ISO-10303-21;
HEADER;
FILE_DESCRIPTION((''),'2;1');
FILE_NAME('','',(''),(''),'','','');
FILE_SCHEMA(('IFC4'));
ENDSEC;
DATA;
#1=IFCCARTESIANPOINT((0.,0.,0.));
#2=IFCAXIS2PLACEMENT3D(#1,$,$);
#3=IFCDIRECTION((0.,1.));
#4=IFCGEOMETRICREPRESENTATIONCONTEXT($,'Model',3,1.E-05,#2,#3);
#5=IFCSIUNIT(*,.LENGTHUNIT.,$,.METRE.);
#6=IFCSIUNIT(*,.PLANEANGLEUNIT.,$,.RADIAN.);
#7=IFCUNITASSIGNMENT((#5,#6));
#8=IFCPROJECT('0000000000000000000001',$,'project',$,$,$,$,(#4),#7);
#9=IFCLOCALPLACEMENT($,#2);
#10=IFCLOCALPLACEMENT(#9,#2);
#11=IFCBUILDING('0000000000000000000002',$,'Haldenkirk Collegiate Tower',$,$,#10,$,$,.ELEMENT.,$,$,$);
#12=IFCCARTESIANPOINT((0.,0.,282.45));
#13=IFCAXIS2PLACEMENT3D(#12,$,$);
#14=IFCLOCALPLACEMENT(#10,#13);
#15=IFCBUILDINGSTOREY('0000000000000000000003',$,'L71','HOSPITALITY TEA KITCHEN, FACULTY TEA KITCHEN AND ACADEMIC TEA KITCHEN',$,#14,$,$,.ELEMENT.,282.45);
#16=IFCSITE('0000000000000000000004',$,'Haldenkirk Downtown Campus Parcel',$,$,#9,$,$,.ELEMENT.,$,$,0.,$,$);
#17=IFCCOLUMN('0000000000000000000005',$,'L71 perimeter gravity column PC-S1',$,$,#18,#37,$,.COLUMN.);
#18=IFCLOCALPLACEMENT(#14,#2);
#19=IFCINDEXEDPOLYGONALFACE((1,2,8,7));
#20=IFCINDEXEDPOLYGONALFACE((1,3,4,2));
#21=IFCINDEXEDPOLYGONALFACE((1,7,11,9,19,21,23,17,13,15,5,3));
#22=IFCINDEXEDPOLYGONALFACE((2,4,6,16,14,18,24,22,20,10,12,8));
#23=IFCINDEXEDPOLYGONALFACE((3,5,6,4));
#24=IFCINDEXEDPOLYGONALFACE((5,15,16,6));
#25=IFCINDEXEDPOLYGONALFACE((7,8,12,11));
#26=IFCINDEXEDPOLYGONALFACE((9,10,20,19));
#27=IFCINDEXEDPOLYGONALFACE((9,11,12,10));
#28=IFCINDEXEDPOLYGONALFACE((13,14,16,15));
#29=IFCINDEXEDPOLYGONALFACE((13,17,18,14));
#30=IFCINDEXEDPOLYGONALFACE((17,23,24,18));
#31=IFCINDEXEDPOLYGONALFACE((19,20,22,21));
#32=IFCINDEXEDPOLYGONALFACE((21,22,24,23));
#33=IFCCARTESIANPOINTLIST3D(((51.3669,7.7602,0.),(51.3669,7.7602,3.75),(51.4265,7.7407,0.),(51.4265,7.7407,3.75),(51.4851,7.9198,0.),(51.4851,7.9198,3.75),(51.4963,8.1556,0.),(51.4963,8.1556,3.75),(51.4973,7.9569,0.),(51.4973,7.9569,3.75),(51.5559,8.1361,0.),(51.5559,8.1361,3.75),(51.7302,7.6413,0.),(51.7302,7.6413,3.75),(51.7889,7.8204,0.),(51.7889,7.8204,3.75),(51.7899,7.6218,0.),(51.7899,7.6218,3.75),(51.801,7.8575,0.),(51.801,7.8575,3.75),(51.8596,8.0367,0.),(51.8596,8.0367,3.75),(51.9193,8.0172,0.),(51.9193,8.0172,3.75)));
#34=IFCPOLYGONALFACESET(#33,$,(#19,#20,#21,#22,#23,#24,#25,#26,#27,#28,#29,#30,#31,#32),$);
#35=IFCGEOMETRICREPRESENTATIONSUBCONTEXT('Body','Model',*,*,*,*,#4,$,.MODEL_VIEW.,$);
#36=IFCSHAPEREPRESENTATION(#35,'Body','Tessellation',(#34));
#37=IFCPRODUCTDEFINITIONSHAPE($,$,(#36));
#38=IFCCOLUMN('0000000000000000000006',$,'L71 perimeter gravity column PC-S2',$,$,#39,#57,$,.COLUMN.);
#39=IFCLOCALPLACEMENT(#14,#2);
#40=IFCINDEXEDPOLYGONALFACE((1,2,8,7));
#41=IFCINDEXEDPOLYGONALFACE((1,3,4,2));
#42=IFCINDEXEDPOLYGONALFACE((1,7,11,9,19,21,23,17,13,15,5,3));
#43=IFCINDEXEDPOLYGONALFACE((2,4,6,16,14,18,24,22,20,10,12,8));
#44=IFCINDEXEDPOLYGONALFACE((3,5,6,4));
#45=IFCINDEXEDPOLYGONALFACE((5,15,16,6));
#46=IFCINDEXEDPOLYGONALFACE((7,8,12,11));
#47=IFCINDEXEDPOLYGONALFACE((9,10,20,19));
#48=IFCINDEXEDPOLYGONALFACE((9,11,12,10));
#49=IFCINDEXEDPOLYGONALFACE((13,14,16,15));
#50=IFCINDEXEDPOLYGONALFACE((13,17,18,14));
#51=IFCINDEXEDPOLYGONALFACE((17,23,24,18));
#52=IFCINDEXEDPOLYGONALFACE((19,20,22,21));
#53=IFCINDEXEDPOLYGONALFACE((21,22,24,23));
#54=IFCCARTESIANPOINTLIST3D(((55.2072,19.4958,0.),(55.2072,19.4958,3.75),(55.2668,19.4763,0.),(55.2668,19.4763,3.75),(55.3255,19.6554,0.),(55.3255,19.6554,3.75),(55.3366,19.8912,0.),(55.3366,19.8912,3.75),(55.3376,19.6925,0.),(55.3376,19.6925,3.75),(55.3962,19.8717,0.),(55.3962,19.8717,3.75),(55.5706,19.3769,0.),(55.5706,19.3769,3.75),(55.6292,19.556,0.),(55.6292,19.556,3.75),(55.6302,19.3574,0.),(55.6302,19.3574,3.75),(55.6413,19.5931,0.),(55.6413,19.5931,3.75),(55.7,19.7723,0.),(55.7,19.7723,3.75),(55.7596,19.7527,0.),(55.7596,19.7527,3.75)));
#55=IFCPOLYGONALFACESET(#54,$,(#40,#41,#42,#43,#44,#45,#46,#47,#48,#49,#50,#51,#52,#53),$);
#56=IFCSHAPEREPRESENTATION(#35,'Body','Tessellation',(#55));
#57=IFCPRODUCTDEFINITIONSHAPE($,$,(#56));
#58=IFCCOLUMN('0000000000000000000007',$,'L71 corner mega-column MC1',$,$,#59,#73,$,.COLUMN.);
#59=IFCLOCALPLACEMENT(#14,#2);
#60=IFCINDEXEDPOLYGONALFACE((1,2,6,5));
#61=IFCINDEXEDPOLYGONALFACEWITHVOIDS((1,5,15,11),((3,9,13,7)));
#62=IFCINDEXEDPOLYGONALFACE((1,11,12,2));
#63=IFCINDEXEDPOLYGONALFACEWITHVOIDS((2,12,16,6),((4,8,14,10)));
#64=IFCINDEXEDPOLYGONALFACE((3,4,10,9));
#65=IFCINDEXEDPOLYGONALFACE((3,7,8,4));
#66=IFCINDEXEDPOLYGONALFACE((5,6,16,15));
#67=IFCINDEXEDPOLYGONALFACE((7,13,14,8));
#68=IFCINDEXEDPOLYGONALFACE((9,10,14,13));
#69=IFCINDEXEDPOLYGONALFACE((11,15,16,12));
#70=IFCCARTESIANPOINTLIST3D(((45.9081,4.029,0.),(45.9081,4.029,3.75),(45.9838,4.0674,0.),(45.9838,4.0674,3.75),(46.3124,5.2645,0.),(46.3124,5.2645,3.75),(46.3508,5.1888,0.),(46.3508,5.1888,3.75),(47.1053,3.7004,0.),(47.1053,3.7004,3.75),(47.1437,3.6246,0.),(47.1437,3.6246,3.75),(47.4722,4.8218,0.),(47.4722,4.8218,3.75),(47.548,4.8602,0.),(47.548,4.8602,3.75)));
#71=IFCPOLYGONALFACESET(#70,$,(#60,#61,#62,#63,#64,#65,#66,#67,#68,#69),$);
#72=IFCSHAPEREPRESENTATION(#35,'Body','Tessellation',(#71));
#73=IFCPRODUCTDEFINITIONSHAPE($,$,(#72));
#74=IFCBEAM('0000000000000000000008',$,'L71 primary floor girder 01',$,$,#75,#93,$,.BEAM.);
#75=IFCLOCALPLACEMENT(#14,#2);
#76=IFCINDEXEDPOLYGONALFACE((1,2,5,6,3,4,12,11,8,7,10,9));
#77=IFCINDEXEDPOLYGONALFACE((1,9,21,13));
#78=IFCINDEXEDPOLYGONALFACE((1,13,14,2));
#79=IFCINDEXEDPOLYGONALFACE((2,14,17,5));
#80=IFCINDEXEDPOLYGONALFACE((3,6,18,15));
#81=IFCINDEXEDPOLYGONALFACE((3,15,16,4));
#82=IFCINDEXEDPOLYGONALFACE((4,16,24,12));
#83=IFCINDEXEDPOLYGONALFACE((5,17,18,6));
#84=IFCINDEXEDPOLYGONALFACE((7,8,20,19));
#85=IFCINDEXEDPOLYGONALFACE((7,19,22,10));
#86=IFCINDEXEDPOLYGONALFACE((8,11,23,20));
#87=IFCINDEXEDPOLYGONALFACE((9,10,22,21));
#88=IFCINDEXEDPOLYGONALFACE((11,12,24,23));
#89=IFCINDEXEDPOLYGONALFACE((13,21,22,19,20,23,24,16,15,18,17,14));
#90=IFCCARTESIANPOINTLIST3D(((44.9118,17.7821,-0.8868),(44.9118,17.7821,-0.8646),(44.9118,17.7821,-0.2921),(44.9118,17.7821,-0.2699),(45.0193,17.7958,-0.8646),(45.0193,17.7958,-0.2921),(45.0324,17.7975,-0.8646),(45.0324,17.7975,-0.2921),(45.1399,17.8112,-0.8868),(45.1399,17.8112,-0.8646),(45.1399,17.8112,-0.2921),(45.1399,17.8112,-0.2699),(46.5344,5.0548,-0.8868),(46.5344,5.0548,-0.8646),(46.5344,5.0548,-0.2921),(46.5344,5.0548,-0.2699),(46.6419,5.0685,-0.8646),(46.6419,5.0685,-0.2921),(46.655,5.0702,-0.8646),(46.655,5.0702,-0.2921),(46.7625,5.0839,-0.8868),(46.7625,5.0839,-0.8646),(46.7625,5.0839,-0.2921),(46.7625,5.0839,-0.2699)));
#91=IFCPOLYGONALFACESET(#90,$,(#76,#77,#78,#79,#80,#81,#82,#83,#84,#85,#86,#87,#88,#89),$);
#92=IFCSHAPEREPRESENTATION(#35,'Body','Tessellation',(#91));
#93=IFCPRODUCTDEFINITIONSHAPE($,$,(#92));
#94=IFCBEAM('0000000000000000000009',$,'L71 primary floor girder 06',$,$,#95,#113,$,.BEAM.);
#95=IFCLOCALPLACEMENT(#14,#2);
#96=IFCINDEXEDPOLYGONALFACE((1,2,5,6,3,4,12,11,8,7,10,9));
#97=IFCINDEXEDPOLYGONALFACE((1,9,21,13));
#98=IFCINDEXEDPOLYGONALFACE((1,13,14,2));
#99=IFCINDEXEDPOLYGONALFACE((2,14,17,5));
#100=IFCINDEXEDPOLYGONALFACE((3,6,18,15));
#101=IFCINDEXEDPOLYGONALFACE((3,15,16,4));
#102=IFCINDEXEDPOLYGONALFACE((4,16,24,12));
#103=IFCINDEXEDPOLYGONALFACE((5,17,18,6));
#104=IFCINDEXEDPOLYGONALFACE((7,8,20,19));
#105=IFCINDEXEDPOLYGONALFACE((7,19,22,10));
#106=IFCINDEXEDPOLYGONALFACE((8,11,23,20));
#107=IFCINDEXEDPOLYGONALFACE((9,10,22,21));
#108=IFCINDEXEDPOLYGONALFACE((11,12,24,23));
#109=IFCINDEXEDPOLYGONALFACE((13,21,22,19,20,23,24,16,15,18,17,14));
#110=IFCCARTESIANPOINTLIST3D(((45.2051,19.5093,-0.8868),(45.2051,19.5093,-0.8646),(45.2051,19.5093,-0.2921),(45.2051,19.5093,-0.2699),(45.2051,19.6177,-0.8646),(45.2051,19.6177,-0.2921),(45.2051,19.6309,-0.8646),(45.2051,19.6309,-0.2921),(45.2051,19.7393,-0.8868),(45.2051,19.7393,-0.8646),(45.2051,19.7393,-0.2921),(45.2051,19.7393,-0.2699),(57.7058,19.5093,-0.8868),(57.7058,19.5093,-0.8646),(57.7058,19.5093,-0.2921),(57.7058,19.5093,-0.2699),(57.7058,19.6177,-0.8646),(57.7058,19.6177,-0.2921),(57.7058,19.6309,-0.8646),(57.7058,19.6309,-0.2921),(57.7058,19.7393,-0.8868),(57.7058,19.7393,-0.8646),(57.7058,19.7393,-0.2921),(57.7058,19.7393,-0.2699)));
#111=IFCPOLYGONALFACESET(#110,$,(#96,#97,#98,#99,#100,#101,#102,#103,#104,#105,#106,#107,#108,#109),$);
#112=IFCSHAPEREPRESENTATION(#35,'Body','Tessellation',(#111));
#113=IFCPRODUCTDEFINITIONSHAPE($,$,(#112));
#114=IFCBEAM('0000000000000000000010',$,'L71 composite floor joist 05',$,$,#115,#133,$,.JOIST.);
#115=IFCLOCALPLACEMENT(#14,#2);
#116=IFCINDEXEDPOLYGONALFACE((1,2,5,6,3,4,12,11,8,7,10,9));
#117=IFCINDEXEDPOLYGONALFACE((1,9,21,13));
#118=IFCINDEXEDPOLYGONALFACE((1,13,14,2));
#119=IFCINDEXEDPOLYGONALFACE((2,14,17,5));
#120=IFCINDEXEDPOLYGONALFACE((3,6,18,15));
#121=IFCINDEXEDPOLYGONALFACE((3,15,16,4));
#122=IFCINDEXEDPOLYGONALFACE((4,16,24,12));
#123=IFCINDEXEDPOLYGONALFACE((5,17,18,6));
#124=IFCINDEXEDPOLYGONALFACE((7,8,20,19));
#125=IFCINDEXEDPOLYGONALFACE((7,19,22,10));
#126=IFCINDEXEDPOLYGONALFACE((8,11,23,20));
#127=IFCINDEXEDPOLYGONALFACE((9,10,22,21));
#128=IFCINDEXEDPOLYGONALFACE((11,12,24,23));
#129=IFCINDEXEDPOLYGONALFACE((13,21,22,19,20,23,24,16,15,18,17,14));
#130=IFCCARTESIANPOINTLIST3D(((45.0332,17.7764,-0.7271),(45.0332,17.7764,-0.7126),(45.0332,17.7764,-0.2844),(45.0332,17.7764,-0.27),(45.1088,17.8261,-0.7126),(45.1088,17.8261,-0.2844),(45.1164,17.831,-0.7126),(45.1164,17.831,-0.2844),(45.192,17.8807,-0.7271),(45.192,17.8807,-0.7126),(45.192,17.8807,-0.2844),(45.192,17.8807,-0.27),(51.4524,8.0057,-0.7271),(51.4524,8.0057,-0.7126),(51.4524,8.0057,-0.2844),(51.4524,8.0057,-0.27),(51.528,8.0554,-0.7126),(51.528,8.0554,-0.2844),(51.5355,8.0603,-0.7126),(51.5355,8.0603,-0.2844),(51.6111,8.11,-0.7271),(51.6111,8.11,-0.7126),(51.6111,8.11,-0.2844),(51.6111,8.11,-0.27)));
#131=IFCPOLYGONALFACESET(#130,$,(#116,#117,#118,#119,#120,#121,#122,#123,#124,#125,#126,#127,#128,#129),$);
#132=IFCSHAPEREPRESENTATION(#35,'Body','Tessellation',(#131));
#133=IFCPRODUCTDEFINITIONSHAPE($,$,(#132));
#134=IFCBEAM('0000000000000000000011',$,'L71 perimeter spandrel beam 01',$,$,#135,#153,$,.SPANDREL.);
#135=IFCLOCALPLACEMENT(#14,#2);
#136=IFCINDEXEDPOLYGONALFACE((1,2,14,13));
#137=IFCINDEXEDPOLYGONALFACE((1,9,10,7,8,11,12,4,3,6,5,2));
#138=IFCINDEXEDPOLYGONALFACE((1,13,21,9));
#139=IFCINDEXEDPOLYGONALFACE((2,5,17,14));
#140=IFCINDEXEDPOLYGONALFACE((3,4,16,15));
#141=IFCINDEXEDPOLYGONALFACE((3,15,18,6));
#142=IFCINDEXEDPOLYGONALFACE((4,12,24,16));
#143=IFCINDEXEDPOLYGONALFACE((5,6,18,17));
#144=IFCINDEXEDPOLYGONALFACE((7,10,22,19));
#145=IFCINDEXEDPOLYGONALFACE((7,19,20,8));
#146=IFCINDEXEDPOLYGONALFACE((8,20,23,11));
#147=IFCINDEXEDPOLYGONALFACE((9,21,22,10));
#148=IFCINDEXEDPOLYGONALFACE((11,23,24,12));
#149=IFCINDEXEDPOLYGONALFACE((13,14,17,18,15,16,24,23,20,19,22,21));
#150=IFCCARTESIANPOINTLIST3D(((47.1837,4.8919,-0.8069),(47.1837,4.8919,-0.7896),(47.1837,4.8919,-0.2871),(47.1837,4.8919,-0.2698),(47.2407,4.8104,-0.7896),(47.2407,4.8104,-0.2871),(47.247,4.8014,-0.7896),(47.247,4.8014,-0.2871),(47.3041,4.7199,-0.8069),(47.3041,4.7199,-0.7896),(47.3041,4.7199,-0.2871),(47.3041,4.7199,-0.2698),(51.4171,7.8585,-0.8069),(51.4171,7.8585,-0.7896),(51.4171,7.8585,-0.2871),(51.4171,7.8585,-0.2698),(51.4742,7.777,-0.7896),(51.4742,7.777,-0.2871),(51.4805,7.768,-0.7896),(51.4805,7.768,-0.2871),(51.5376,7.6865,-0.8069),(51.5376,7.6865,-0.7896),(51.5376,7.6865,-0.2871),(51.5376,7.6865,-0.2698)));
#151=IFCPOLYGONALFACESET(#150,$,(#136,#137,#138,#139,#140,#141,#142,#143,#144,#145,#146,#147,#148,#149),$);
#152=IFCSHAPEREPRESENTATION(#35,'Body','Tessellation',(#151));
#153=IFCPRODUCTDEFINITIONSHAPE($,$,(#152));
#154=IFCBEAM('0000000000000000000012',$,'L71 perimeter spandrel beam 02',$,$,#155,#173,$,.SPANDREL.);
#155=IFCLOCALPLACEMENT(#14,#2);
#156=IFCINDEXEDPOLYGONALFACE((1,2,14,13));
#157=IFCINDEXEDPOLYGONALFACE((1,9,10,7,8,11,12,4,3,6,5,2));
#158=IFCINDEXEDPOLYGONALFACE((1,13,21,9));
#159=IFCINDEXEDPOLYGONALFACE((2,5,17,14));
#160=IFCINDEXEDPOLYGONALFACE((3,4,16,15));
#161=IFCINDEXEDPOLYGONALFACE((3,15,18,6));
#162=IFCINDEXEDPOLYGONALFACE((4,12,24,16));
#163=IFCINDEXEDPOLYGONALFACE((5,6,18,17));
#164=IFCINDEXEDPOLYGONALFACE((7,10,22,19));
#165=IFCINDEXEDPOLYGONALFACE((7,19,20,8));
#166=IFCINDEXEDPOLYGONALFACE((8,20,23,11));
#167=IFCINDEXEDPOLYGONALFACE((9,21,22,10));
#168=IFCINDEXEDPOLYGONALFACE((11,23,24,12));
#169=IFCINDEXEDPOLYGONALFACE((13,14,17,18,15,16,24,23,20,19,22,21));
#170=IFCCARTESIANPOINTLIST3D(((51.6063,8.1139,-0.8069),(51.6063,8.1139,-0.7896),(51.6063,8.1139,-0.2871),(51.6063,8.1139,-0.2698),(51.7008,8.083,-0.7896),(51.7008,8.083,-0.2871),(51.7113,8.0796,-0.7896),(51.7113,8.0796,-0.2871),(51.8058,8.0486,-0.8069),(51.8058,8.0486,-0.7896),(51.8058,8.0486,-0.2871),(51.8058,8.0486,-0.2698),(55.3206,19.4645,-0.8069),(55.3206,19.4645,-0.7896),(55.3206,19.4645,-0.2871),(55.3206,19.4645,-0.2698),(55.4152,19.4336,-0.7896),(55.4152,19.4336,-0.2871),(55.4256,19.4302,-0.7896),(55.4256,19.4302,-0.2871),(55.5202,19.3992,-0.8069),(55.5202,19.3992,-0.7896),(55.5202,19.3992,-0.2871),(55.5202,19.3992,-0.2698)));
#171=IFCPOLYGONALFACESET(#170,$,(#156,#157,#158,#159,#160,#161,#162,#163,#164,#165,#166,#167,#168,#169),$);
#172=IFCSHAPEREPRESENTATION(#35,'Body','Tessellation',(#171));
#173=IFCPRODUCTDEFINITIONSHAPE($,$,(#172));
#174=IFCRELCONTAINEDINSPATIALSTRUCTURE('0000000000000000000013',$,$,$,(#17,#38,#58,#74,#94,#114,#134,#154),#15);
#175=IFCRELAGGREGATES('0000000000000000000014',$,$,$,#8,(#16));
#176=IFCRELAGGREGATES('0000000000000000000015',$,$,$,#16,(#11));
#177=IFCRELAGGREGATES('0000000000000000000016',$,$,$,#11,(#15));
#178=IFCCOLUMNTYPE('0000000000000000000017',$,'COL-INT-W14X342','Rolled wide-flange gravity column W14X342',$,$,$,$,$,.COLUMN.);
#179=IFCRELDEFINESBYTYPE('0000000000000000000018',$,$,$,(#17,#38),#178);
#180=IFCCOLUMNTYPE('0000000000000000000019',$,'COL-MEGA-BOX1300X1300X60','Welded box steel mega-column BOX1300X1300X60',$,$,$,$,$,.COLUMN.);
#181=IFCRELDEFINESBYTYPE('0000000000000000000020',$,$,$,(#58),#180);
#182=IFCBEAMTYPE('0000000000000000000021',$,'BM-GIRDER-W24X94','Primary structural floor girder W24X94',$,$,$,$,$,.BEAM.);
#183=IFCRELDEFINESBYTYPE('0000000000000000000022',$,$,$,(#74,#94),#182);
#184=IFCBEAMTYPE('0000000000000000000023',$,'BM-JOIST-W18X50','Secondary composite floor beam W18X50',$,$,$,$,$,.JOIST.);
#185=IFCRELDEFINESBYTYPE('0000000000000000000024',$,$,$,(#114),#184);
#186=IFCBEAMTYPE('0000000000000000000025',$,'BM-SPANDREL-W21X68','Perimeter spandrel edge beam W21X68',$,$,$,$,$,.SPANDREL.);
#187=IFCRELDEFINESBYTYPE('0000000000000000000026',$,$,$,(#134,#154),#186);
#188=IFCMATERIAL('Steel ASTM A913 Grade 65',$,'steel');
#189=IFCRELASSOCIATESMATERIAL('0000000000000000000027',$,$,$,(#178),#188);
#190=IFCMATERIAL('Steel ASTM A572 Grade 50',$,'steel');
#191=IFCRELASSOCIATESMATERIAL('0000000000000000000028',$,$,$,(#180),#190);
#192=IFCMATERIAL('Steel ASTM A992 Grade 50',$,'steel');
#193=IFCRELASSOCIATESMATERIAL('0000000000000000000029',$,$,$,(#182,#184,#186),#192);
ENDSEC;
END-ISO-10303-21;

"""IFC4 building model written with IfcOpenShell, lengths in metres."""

from ifc_helpers import new_model, si_unit, direction, frame, origin, origin_2d, place, context, subcontext, project, spatial, hollow_rectangle, i_section, extrude, material, material_profile, profile_set, type_object, element, save


model = new_model("IFC4")

# Units and contexts
model_context = context("Model", 3, precision=1e-05, world=origin(), true_north=direction((0.0, 1.0)))
body_context = subcontext(model_context, "Body", "Model", "MODEL_VIEW")
ifc_project = project(units=[si_unit("LENGTHUNIT", "METRE"), si_unit("PLANEANGLEUNIT", "RADIAN")], contexts=[model_context])

# Site, building, storey
site_placement = place(None, origin())
site = spatial("IfcSite", under=ifc_project, at=site_placement, Name="Haldenkirk Downtown Campus Parcel", CompositionType="ELEMENT", RefElevation=0.0)
building_placement = place(site_placement, origin())
building = spatial("IfcBuilding", under=site, at=building_placement, Name="Haldenkirk Collegiate Tower", CompositionType="ELEMENT")
storey_placement = place(building_placement, frame((0.0, 0.0, 282.45)))
storey = spatial("IfcBuildingStorey", under=building, at=storey_placement, Name="L71", Description="HOSPITALITY TEA KITCHEN, FACULTY TEA KITCHEN AND ACADEMIC TEA KITCHEN", CompositionType="ELEMENT", Elevation=282.45)

# Columns
ifc_material_1 = material(Name="Steel ASTM A913 Grade 65", Category="steel")
ifc_material_profile_1 = material_profile(ifc_material_1, i_section(OverallWidth=0.416, OverallDepth=0.4451, WebThickness=0.0391, FlangeThickness=0.0627, at=origin_2d()), Name="W14X342")
ifc_profile_set_1 = profile_set([ifc_material_profile_1], Name="Steel ASTM A913 Grade 65")
column_type_1 = type_object("IfcColumnType", Name="COL-INT-W14X342", Description="Rolled wide-flange gravity column W14X342", PredefinedType="COLUMN", material=ifc_profile_set_1)
for number, where, z_axis, x_axis, name in (
    (1, (51.6431, 7.8887, 0.0), (0.0, 0.0, 1.0), (0.311008, 0.950407, 0.0), "L71 perimeter gravity column PC-S1"),
    (2, (55.4834, 19.6243, 0.0), (0.0, 0.0, 1.0), (0.311008, 0.950407, 0.0), "L71 perimeter gravity column PC-S2"),
):
    element("IfcColumn", number, at=place(storey_placement, frame(where, z_axis=z_axis, x_axis=x_axis)), inside=storey, type_object=column_type_1, Name=name, PredefinedType="COLUMN", context=body_context, shape_type="SweptSolid", body=[
        extrude(i_section(OverallWidth=0.416, OverallDepth=0.4451, WebThickness=0.0391, FlangeThickness=0.0627, at=origin_2d()), origin(), (0.0, 0.0, 1.0), 3.75),
    ])
ifc_material_2 = material(Name="Steel ASTM A572 Grade 50", Category="steel")
ifc_material_profile_2 = material_profile(ifc_material_2, hollow_rectangle(XDim=1.3, YDim=1.3, WallThickness=0.0601, at=origin_2d()), Name="BOX1300X1300X60")
ifc_profile_set_2 = profile_set([ifc_material_profile_2], Name="Steel ASTM A572 Grade 50")
column_type_2 = type_object("IfcColumnType", Name="COL-MEGA-BOX1300X1300X60", Description="Welded box steel mega-column BOX1300X1300X60", PredefinedType="COLUMN", material=ifc_profile_set_2)
column_placement = place(storey_placement, frame((46.728, 4.4446, 0.0), z_axis=(0.0, 0.0, 1.0), x_axis=(0.311008, 0.950407, 0.0)))
element("IfcColumn", 3, at=column_placement, inside=storey, type_object=column_type_2, Name="L71 corner mega-column MC1", PredefinedType="COLUMN", context=body_context, shape_type="SweptSolid", body=[
    extrude(hollow_rectangle(XDim=1.3, YDim=1.3, WallThickness=0.0601, at=origin_2d()), origin(), (0.0, 0.0, 1.0), 3.75),
])

# Beams
ifc_material_3 = material(Name="Steel ASTM A992 Grade 50", Category="steel")
ifc_material_profile_3 = material_profile(ifc_material_3, i_section(OverallWidth=0.23, OverallDepth=0.6169, WebThickness=0.0132, FlangeThickness=0.0222, at=origin_2d()), Name="W24X94")
ifc_profile_set_3 = profile_set([ifc_material_profile_3], Name="Steel ASTM A992 Grade 50")
beam_type_1 = type_object("IfcBeamType", Name="BM-GIRDER-W24X94", Description="Primary structural floor girder W24X94", PredefinedType="BEAM", material=ifc_profile_set_3)
beam_1_placement = place(storey_placement, frame((46.6484, 5.0693, -0.5784), z_axis=(-0.126463, 0.991971, 0.0), x_axis=(-0.991971, -0.126463, 0.0)))
element("IfcBeam", 4, at=beam_1_placement, inside=storey, type_object=beam_type_1, Name="L71 primary floor girder 01", PredefinedType="BEAM", context=body_context, shape_type="SweptSolid", body=[
    extrude(i_section(OverallWidth=0.23, OverallDepth=0.6169, WebThickness=0.0132, FlangeThickness=0.0222, at=origin_2d()), origin(), (0.0, 0.0, 1.0), 12.8303),
])
beam_2_placement = place(storey_placement, frame((57.7058, 19.6243, -0.5784), z_axis=(-1.0, 0.0, 0.0), x_axis=(0.0, -1.0, 0.0)))
element("IfcBeam", 5, at=beam_2_placement, inside=storey, type_object=beam_type_1, Name="L71 primary floor girder 06", PredefinedType="BEAM", context=body_context, shape_type="SweptSolid", body=[
    extrude(i_section(OverallWidth=0.23, OverallDepth=0.6169, WebThickness=0.0132, FlangeThickness=0.0222, at=origin_2d()), origin(), (0.0, 0.0, 1.0), 12.5007),
])
ifc_material_profile_4 = material_profile(ifc_material_3, i_section(OverallWidth=0.1899, OverallDepth=0.457, WebThickness=0.009, FlangeThickness=0.0144, at=origin_2d()), Name="W18X50")
ifc_profile_set_4 = profile_set([ifc_material_profile_4], Name="Steel ASTM A992 Grade 50")
beam_type_2 = type_object("IfcBeamType", Name="BM-JOIST-W18X50", Description="Secondary composite floor beam W18X50", PredefinedType="JOIST", material=ifc_profile_set_4)
beam_3_placement = place(storey_placement, frame((51.5317, 8.0579, -0.4985), z_axis=(-0.549083, 0.835768, 0.0), x_axis=(-0.835768, -0.549083, 0.0)))
element("IfcBeam", 6, at=beam_3_placement, inside=storey, type_object=beam_type_2, Name="L71 composite floor joist 05", PredefinedType="JOIST", context=body_context, shape_type="SweptSolid", body=[
    extrude(i_section(OverallWidth=0.1899, OverallDepth=0.457, WebThickness=0.009, FlangeThickness=0.0144, at=origin_2d()), origin(), (0.0, 0.0, 1.0), 11.6907),
])
ifc_material_profile_5 = material_profile(ifc_material_3, i_section(OverallWidth=0.21, OverallDepth=0.5371, WebThickness=0.011, FlangeThickness=0.0173, at=origin_2d()), Name="W21X68")
ifc_profile_set_5 = profile_set([ifc_material_profile_5], Name="Steel ASTM A992 Grade 50")
beam_type_3 = type_object("IfcBeamType", Name="BM-SPANDREL-W21X68", Description="Perimeter spandrel edge beam W21X68", PredefinedType="SPANDREL", material=ifc_profile_set_5)
beam_4_placement = place(storey_placement, frame((47.2439, 4.8059, -0.5383), z_axis=(0.818943, 0.573874, 0.0), x_axis=(-0.573874, 0.818943, 0.0)))
element("IfcBeam", 7, at=beam_4_placement, inside=storey, type_object=beam_type_3, Name="L71 perimeter spandrel beam 01", PredefinedType="SPANDREL", context=body_context, shape_type="SweptSolid", body=[
    extrude(i_section(OverallWidth=0.21, OverallDepth=0.5371, WebThickness=0.011, FlangeThickness=0.0173, at=origin_2d()), origin(), (0.0, 0.0, 1.0), 5.1694),
])
for number, where, z_axis, x_axis, name in (
    (8, (51.7061, 8.0813, -0.5383), (0.31101, 0.950407, 0.0), (-0.950407, 0.31101, 0.0), "L71 perimeter spandrel beam 02"),
):
    element("IfcBeam", number, at=place(storey_placement, frame(where, z_axis=z_axis, x_axis=x_axis)), inside=storey, type_object=beam_type_3, Name=name, PredefinedType="SPANDREL", context=body_context, shape_type="SweptSolid", body=[
        extrude(i_section(OverallWidth=0.21, OverallDepth=0.5371, WebThickness=0.011, FlangeThickness=0.0173, at=origin_2d()), origin(), (0.0, 0.0, 1.0), 11.9429),
    ])

save(model, "model.ifc")
